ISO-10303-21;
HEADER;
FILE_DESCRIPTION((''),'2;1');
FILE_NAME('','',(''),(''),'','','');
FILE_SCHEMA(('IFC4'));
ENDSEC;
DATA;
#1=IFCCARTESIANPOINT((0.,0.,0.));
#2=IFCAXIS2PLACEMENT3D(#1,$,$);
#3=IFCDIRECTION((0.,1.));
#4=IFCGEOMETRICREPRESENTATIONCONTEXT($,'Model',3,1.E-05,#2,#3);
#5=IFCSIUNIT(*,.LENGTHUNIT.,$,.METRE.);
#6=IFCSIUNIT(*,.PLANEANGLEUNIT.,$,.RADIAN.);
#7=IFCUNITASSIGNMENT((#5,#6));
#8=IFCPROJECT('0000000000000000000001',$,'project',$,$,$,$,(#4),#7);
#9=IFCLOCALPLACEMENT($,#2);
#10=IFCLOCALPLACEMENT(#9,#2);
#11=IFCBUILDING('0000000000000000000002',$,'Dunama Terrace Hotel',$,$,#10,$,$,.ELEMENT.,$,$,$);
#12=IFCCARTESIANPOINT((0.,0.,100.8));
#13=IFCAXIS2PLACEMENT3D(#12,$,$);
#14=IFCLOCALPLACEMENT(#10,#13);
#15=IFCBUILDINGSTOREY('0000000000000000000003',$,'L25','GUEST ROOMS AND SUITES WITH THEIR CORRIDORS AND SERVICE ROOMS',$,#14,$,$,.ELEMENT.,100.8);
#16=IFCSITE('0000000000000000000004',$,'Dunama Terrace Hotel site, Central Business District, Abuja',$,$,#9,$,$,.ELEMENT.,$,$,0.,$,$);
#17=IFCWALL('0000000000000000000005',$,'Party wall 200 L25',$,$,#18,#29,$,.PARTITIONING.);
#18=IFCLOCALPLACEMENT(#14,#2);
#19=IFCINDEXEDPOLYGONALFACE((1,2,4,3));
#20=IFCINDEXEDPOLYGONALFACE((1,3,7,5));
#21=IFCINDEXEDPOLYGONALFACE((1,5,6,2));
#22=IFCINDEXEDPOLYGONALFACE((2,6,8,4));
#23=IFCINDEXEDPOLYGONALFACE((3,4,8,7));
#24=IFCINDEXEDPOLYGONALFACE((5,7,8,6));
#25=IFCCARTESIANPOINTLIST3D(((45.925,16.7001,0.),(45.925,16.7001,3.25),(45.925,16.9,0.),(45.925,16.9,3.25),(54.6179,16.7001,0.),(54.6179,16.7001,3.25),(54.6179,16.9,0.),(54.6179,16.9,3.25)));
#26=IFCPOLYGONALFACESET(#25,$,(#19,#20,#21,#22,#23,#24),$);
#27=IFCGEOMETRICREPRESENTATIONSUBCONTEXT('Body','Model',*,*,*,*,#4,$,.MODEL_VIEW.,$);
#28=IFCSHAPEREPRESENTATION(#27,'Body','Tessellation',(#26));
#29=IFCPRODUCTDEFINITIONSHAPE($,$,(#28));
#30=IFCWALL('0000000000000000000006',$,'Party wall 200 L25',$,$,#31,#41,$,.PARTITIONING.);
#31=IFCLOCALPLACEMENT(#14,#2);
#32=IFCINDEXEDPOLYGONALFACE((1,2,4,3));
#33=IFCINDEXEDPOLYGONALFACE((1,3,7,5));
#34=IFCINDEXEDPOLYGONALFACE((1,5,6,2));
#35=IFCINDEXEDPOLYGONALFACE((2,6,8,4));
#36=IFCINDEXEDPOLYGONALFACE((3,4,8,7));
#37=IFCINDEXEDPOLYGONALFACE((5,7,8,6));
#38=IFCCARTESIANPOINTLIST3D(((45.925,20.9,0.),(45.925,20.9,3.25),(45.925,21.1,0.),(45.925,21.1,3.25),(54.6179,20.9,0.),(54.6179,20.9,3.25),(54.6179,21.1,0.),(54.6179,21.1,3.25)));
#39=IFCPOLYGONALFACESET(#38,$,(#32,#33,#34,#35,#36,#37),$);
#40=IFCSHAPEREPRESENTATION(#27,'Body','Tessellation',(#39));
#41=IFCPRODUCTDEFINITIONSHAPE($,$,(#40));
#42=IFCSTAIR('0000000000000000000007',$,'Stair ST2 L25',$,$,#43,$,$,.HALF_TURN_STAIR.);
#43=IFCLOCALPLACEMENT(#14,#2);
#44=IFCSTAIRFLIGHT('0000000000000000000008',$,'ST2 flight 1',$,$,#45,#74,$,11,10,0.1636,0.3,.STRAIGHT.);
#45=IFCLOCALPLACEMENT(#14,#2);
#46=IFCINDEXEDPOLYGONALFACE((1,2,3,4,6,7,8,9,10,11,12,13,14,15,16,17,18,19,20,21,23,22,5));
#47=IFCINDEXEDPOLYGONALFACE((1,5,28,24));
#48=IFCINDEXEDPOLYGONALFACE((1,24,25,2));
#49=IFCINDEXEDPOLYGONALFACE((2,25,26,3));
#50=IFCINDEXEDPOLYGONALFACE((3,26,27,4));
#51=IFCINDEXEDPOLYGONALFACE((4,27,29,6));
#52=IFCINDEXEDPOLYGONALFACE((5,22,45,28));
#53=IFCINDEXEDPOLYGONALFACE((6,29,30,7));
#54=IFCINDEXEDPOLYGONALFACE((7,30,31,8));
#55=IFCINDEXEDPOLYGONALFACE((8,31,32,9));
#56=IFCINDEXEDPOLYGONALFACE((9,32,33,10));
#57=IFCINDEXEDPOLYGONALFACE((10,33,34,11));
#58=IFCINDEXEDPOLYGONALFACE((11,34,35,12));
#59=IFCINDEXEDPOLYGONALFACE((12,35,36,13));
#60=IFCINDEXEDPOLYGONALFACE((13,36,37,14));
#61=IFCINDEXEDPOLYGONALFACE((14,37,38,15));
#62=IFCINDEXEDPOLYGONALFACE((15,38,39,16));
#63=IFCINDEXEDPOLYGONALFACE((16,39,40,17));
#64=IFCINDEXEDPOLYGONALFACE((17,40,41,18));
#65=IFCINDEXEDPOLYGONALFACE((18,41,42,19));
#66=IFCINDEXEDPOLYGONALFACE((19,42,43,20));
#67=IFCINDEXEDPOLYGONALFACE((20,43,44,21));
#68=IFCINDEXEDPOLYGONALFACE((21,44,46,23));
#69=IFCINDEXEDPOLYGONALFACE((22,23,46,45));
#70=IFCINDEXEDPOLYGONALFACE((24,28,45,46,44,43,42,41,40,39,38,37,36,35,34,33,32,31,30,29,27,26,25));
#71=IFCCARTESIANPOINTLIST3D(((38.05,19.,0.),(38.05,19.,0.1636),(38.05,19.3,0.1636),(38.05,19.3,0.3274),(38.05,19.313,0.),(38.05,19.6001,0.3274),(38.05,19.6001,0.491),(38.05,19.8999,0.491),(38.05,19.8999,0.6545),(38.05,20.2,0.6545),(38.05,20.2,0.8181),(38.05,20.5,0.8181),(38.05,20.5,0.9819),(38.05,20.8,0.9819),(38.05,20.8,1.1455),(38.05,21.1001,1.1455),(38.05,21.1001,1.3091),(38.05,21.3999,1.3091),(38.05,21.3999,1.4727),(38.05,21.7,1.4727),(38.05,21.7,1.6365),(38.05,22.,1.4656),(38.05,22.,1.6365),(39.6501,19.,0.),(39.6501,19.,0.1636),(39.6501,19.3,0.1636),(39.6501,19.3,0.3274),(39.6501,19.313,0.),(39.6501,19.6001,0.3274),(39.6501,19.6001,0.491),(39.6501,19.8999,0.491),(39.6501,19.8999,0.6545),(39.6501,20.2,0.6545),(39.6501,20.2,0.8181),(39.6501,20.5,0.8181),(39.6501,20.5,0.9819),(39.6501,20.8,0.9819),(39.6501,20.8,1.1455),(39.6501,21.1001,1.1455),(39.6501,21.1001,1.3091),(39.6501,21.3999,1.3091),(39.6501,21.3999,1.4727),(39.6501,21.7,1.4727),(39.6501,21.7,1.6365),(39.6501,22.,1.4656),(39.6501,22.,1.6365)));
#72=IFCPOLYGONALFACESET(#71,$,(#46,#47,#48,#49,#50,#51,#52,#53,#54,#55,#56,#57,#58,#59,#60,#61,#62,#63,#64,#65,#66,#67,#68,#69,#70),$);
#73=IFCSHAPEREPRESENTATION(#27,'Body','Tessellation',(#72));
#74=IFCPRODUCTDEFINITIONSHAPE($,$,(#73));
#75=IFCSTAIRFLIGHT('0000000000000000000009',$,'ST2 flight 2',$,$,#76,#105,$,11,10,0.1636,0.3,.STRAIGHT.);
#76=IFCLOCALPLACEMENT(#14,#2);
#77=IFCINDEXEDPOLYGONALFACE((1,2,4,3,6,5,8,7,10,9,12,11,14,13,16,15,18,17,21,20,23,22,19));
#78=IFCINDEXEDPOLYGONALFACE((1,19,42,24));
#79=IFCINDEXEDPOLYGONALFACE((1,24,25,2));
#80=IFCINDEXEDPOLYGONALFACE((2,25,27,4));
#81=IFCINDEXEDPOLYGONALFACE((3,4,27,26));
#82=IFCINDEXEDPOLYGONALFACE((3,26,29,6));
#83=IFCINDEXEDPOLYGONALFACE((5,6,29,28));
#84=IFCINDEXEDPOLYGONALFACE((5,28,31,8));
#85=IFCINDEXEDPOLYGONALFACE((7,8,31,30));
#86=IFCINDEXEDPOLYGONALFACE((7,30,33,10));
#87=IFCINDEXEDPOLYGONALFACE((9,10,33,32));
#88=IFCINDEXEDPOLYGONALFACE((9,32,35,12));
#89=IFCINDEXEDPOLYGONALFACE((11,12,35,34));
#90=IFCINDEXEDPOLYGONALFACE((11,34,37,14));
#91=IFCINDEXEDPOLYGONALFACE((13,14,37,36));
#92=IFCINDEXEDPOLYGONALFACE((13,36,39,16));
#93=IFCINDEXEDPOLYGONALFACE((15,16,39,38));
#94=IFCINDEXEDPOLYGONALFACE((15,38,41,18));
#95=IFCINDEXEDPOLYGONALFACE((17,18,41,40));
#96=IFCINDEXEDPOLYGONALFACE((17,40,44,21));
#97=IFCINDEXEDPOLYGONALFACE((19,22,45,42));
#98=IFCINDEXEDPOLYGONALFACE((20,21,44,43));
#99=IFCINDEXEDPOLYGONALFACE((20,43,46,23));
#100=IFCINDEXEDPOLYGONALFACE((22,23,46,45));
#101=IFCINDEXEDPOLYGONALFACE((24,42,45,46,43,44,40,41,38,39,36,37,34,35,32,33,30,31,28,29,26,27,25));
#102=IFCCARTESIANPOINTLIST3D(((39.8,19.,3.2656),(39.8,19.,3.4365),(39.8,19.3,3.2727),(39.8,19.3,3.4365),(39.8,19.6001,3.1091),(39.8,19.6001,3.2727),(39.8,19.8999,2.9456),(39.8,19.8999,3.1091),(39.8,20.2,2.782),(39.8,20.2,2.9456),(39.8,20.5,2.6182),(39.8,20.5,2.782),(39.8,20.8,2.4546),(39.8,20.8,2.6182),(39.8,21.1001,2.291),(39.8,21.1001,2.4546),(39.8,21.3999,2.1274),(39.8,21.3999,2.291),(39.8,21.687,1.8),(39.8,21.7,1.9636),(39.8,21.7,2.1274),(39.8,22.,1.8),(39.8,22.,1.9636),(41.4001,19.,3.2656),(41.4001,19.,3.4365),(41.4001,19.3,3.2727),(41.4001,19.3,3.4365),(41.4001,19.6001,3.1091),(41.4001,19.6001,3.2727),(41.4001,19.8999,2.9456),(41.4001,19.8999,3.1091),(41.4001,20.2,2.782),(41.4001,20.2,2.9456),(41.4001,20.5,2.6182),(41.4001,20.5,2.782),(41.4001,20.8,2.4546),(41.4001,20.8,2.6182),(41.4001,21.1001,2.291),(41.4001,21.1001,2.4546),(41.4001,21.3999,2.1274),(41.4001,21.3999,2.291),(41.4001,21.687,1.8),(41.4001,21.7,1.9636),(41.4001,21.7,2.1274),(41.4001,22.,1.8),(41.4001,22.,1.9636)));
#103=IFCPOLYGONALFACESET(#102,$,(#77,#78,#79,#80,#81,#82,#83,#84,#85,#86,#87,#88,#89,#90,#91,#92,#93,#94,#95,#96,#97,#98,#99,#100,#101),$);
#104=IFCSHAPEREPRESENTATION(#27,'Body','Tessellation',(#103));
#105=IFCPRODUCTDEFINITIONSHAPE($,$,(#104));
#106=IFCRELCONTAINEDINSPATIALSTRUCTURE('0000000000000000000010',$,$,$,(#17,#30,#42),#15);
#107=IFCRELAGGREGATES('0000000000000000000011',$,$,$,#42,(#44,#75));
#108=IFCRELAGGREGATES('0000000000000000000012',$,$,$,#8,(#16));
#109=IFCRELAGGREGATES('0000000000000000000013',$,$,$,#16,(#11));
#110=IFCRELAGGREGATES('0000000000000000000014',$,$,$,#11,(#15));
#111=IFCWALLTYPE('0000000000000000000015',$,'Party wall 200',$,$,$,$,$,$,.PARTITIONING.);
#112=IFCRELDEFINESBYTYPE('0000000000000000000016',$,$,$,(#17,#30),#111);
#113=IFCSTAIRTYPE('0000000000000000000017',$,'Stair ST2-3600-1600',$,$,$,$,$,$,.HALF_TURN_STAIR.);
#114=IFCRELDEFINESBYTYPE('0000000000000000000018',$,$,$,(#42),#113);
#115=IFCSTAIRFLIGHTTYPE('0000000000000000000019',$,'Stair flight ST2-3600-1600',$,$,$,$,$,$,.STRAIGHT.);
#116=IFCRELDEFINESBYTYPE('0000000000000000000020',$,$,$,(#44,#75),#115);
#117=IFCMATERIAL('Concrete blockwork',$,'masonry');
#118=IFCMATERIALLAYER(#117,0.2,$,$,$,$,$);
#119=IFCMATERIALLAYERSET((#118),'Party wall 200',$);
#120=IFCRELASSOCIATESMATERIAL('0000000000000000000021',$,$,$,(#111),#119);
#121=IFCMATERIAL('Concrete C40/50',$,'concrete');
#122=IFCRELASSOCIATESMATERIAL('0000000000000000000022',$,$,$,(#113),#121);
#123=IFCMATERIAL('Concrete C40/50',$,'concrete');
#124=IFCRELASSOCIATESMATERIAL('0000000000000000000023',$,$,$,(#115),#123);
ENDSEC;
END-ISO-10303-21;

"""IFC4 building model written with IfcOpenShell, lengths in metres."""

from ifc_helpers import new_model, si_unit, direction, frame, frame_2d, origin, place, context, subcontext, project, spatial, polyline, rectangle, outline, extrude, material, layer, layer_set, type_object, element, aggregate, save


model = new_model("IFC4")

# Units and contexts
model_context = context("Model", 3, precision=1e-05, world=origin(), true_north=direction((0.0, 1.0)))
body_context = subcontext(model_context, "Body", "Model", "MODEL_VIEW")
ifc_project = project(units=[si_unit("LENGTHUNIT", "METRE"), si_unit("PLANEANGLEUNIT", "RADIAN")], contexts=[model_context])

# Site, building, storey
site_placement = place(None, origin())
site = spatial("IfcSite", under=ifc_project, at=site_placement, Name="Dunama Terrace Hotel site, Central Business District, Abuja", CompositionType="ELEMENT", RefElevation=0.0)
building_placement = place(site_placement, origin())
building = spatial("IfcBuilding", under=site, at=building_placement, Name="Dunama Terrace Hotel", CompositionType="ELEMENT")
storey_placement = place(building_placement, frame((0.0, 0.0, 100.8)))
storey = spatial("IfcBuildingStorey", under=building, at=storey_placement, Name="L25", Description="GUEST ROOMS AND SUITES WITH THEIR CORRIDORS AND SERVICE ROOMS", CompositionType="ELEMENT", Elevation=100.8)

# Walls
ifc_material_1 = material(Name="Concrete blockwork", Category="masonry")
ifc_layer_1 = layer(ifc_material_1, 0.2)
ifc_layer_set_1 = layer_set([ifc_layer_1], Name="Party wall 200")
wall_type_1 = type_object("IfcWallType", Name="Party wall 200", PredefinedType="PARTITIONING", material=ifc_layer_set_1)
for number, where, z_axis, x_axis, name in (
    (1, (45.925, 16.8, 0.0), (0.0, 0.0, 1.0), (1.0, 0.0, 0.0), "Party wall 200 L25"),
    (2, (45.925, 21.0, 0.0), (0.0, 0.0, 1.0), (1.0, 0.0, 0.0), "Party wall 200 L25"),
):
    element("IfcWall", number, at=place(storey_placement, frame(where, z_axis=z_axis, x_axis=x_axis)), inside=storey, type_object=wall_type_1, Name=name, PredefinedType="PARTITIONING", context=body_context, shape_type="SweptSolid", body=[
        extrude(rectangle(XDim=8.6929, YDim=0.2, at=frame_2d((4.3464, 0.0))), origin(), (0.0, 0.0, 1.0), 3.25),
    ])

# Stair, stair flights
ifc_material_2 = material(Name="Concrete C40/50", Category="concrete")
stair_type = type_object("IfcStairType", Name="Stair ST2-3600-1600", PredefinedType="HALF_TURN_STAIR", material=ifc_material_2)
stair_placement = place(storey_placement, origin())
stair = element("IfcStair", 3, at=stair_placement, inside=storey, type_object=stair_type, Name="Stair ST2 L25", PredefinedType="HALF_TURN_STAIR")
ifc_material_3 = material(Name="Concrete C40/50", Category="concrete")
stair_flight_type = type_object("IfcStairFlightType", Name="Stair flight ST2-3600-1600", PredefinedType="STRAIGHT", material=ifc_material_3)
stair_flight_1_placement = place(storey_placement, frame((38.8501, 19.0, 0.0), z_axis=(0.0, 0.0, 1.0), x_axis=(0.0, 1.0, 0.0)))
stair_flight_1 = element("IfcStairFlight", 4, at=stair_flight_1_placement, type_object=stair_flight_type, Name="ST2 flight 1", NumberOfRisers=11, NumberOfTreads=10, PredefinedType="STRAIGHT", RiserHeight=0.1636, TreadLength=0.3, context=body_context, shape_type="SweptSolid", body=[
    extrude(outline(polyline([(0.0, 0.0), (0.0, 0.1636), (0.3, 0.1636), (0.3, 0.3274), (0.6001, 0.3274), (0.6001, 0.491), (0.8999, 0.491), (0.8999, 0.6545), (1.2, 0.6545), (1.2, 0.8181), (1.5, 0.8181), (1.5, 0.9819), (1.8, 0.9819), (1.8, 1.1455), (2.1001, 1.1455), (2.1001, 1.3091), (2.3999, 1.3091), (2.3999, 1.4727), (2.7, 1.4727), (2.7, 1.6365), (3.0, 1.6365), (3.0, 1.8), (3.0, 1.4656), (0.313, 0.0), (0.0, 0.0)])), frame((0.0, 0.8, 0.0), z_axis=(0.0, -1.0, 0.0), x_axis=(1.0, 0.0, 0.0)), (0.0, 0.0, 1.0), 1.6001),
])
stair_flight_2_placement = place(storey_placement, frame((40.6001, 22.0, 1.8), z_axis=(0.0, 0.0, 1.0), x_axis=(0.0, -1.0, 0.0)))
stair_flight_2 = element("IfcStairFlight", 5, at=stair_flight_2_placement, type_object=stair_flight_type, Name="ST2 flight 2", NumberOfRisers=11, NumberOfTreads=10, PredefinedType="STRAIGHT", RiserHeight=0.1636, TreadLength=0.3, context=body_context, shape_type="SweptSolid", body=[
    extrude(outline(polyline([(0.0, 0.0), (0.0, 0.1636), (0.3, 0.1636), (0.3, 0.3274), (0.6001, 0.3274), (0.6001, 0.491), (0.8999, 0.491), (0.8999, 0.6545), (1.2, 0.6545), (1.2, 0.8181), (1.5, 0.8181), (1.5, 0.9819), (1.8, 0.9819), (1.8, 1.1455), (2.1001, 1.1455), (2.1001, 1.3091), (2.3999, 1.3091), (2.3999, 1.4727), (2.7, 1.4727), (2.7, 1.6365), (3.0, 1.6365), (3.0, 1.8), (3.0, 1.4656), (0.313, 0.0), (0.0, 0.0)])), frame((0.0, 0.8, 0.0), z_axis=(0.0, -1.0, 0.0), x_axis=(1.0, 0.0, 0.0)), (0.0, 0.0, 1.0), 1.6001),
])
aggregate(stair, [stair_flight_1, stair_flight_2])

save(model, "model.ifc")
